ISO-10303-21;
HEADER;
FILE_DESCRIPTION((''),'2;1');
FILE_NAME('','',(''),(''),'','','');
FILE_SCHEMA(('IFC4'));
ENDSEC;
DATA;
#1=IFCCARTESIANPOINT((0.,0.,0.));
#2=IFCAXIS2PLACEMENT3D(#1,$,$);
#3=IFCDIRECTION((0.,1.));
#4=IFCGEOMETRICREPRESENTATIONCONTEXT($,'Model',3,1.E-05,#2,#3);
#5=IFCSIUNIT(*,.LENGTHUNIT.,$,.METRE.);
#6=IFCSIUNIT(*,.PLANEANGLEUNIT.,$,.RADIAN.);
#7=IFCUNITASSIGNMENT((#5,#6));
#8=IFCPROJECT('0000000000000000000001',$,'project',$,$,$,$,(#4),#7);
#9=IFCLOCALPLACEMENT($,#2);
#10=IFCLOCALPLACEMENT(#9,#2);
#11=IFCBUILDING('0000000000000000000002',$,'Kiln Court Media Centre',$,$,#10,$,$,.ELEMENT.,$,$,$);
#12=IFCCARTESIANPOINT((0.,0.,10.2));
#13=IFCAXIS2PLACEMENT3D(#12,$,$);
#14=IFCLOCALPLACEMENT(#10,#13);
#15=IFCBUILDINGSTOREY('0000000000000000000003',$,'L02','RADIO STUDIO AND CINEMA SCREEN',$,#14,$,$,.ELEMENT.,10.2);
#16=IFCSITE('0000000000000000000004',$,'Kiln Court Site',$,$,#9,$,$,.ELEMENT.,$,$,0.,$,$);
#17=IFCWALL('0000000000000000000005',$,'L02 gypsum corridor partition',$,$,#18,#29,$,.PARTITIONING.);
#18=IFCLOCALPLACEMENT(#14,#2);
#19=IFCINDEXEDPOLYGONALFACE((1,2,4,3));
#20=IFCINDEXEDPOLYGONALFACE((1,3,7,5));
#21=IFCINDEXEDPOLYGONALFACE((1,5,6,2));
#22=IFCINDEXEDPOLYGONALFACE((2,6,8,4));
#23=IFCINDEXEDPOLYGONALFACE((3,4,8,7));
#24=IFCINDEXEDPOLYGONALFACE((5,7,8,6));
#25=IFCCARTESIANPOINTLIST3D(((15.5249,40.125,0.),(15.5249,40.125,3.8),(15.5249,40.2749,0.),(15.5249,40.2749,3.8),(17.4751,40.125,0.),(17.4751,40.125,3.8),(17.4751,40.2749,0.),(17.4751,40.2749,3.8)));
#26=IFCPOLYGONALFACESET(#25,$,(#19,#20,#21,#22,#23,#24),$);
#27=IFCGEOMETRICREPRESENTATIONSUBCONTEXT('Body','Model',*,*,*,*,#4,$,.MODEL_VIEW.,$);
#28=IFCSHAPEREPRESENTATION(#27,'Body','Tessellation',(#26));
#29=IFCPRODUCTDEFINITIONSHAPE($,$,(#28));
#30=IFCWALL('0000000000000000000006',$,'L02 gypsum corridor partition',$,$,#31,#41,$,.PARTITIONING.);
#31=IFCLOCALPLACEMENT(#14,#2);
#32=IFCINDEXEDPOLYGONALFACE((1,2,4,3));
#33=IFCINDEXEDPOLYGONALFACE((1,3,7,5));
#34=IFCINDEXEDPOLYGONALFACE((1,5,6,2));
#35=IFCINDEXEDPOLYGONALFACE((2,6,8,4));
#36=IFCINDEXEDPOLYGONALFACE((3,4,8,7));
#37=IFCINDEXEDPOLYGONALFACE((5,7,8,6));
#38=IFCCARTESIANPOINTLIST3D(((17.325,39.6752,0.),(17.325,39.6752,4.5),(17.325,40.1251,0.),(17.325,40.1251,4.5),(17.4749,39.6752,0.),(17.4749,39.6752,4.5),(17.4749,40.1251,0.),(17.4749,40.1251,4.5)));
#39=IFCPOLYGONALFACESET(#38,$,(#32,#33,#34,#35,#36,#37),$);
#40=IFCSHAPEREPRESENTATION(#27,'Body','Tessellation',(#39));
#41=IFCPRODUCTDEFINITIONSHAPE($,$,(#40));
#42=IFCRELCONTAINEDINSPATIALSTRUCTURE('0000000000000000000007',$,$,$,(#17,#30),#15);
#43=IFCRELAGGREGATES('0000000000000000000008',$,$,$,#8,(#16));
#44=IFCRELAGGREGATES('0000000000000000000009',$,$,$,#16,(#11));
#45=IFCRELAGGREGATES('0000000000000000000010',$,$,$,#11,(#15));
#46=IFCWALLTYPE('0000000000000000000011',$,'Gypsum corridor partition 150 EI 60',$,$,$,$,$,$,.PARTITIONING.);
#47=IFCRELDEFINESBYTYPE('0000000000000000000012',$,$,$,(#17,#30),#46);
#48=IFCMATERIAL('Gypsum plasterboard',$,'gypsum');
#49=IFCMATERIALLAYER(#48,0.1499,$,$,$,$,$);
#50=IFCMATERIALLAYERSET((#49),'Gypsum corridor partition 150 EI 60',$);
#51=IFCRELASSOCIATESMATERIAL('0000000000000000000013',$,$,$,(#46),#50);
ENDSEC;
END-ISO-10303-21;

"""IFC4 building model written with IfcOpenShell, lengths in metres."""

from ifc_helpers import new_model, si_unit, direction, frame, frame_2d, origin, place, context, subcontext, project, spatial, rectangle, extrude, material, layer, layer_set, type_object, element, save


model = new_model("IFC4")

# Units and contexts
model_context = context("Model", 3, precision=1e-05, world=origin(), true_north=direction((0.0, 1.0)))
body_context = subcontext(model_context, "Body", "Model", "MODEL_VIEW")
ifc_project = project(units=[si_unit("LENGTHUNIT", "METRE"), si_unit("PLANEANGLEUNIT", "RADIAN")], contexts=[model_context])

# Site, building, storey
site_placement = place(None, origin())
site = spatial("IfcSite", under=ifc_project, at=site_placement, Name="Kiln Court Site", CompositionType="ELEMENT", RefElevation=0.0)
building_placement = place(site_placement, origin())
building = spatial("IfcBuilding", under=site, at=building_placement, Name="Kiln Court Media Centre", CompositionType="ELEMENT")
storey_placement = place(building_placement, frame((0.0, 0.0, 10.2)))
storey = spatial("IfcBuildingStorey", under=building, at=storey_placement, Name="L02", Description="RADIO STUDIO AND CINEMA SCREEN", CompositionType="ELEMENT", Elevation=10.2)

# Shared definitions
ifc_material_1 = material(Name="Gypsum plasterboard", Category="gypsum")
ifc_layer_1 = layer(ifc_material_1, 0.1499)
ifc_layer_set_1 = layer_set([ifc_layer_1], Name="Gypsum corridor partition 150 EI 60")
wall_type_1 = type_object("IfcWallType", Name="Gypsum corridor partition 150 EI 60", PredefinedType="PARTITIONING", material=ifc_layer_set_1)

# Walls
wall_1_placement = place(storey_placement, frame((15.5249, 40.2, 0.0), z_axis=(0.0, 0.0, 1.0), x_axis=(1.0, 0.0, 0.0)))
element("IfcWall", 1, at=wall_1_placement, inside=storey, type_object=wall_type_1, Name="L02 gypsum corridor partition", PredefinedType="PARTITIONING", context=body_context, shape_type="SweptSolid", body=[
    extrude(rectangle(XDim=1.9502, YDim=0.1499, at=frame_2d((0.9751, 0.0))), origin(), (0.0, 0.0, 1.0), 3.8),
])
wall_2_placement = place(storey_placement, frame((17.3999, 39.675, 0.0), z_axis=(0.0, 0.0, 1.0), x_axis=(0.0, 1.0, 0.0)))
element("IfcWall", 2, at=wall_2_placement, inside=storey, type_object=wall_type_1, Name="L02 gypsum corridor partition", PredefinedType="PARTITIONING", context=body_context, shape_type="SweptSolid", body=[
    extrude(rectangle(XDim=0.45, YDim=0.1499, at=frame_2d((0.2251, 0.0))), origin(), (0.0, 0.0, 1.0), 4.5),
])

save(model, "model.ifc")
